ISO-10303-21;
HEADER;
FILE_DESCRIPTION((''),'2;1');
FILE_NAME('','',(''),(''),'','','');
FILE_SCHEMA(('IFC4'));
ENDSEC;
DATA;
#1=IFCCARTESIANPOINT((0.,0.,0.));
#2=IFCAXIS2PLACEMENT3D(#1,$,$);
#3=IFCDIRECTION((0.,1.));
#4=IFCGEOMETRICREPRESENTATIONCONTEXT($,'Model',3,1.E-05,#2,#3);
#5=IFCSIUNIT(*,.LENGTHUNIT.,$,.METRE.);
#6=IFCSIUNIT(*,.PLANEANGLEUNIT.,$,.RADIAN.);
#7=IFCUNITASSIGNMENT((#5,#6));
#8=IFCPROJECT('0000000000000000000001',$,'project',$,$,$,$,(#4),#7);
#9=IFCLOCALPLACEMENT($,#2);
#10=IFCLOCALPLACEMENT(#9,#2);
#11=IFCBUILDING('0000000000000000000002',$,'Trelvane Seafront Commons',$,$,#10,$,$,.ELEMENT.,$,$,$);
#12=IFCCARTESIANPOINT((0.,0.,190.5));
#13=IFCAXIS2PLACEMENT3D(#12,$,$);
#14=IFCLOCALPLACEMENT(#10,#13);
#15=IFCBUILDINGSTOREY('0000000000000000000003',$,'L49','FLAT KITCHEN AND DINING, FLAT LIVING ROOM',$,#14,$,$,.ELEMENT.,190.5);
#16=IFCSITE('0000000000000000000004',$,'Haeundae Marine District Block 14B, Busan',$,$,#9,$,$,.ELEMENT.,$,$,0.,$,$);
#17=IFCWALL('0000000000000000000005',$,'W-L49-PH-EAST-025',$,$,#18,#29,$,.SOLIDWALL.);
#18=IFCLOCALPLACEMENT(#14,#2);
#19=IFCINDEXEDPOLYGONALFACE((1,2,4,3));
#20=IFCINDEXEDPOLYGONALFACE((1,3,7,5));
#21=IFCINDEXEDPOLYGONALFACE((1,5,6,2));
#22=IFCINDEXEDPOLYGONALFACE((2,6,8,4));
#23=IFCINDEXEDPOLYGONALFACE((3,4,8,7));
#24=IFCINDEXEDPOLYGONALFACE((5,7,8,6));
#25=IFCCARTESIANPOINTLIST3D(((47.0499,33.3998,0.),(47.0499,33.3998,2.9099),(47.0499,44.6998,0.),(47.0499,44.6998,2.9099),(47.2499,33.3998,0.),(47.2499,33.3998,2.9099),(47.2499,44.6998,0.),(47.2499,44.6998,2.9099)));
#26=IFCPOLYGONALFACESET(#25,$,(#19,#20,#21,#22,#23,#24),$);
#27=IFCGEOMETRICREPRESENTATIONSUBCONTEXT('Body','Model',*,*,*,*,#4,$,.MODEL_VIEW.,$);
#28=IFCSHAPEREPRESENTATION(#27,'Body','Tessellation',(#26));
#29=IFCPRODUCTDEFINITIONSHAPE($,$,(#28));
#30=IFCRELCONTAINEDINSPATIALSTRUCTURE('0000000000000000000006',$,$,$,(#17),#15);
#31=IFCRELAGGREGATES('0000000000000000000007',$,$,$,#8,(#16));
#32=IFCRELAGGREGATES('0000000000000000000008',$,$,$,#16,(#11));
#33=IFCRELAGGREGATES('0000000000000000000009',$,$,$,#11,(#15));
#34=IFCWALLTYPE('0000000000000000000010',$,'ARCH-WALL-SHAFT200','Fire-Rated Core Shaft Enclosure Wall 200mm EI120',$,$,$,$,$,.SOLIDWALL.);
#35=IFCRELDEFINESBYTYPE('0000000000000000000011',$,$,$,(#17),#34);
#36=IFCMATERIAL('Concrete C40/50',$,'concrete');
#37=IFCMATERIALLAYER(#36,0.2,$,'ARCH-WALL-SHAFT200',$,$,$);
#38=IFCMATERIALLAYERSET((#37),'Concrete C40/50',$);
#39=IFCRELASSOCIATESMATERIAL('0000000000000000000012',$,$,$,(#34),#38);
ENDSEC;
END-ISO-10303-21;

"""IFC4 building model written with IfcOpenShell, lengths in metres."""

from ifc_helpers import new_model, si_unit, direction, frame, frame_2d, origin, place, context, subcontext, project, spatial, rectangle, extrude, material, layer, layer_set, type_object, element, save


model = new_model("IFC4")

# Units and contexts
model_context = context("Model", 3, precision=1e-05, world=origin(), true_north=direction((0.0, 1.0)))
body_context = subcontext(model_context, "Body", "Model", "MODEL_VIEW")
ifc_project = project(units=[si_unit("LENGTHUNIT", "METRE"), si_unit("PLANEANGLEUNIT", "RADIAN")], contexts=[model_context])

# Site, building, storey
site_placement = place(None, origin())
site = spatial("IfcSite", under=ifc_project, at=site_placement, Name="Haeundae Marine District Block 14B, Busan", CompositionType="ELEMENT", RefElevation=0.0)
building_placement = place(site_placement, origin())
building = spatial("IfcBuilding", under=site, at=building_placement, Name="Trelvane Seafront Commons", CompositionType="ELEMENT")
storey_placement = place(building_placement, frame((0.0, 0.0, 190.5)))
storey = spatial("IfcBuildingStorey", under=building, at=storey_placement, Name="L49", Description="FLAT KITCHEN AND DINING, FLAT LIVING ROOM", CompositionType="ELEMENT", Elevation=190.5)

# Shared definitions
ifc_material_1 = material(Name="Concrete C40/50", Category="concrete")

# Wall
ifc_layer_1 = layer(ifc_material_1, 0.2, Name="ARCH-WALL-SHAFT200")
ifc_layer_set_1 = layer_set([ifc_layer_1], Name="Concrete C40/50")
wall_type_1 = type_object("IfcWallType", Name="ARCH-WALL-SHAFT200", Description="Fire-Rated Core Shaft Enclosure Wall 200mm EI120", PredefinedType="SOLIDWALL", material=ifc_layer_set_1)
wall_1_placement = place(storey_placement, frame((47.1499, 33.3999, 0.0), z_axis=(0.0, 0.0, 1.0), x_axis=(0.0, 1.0, 0.0)))
element("IfcWall", 1, at=wall_1_placement, inside=storey, type_object=wall_type_1, Name="W-L49-PH-EAST-025", PredefinedType="SOLIDWALL", context=body_context, shape_type="SweptSolid", body=[
    extrude(rectangle(XDim=11.3, YDim=0.2, at=frame_2d((5.6499, 0.0))), origin(), (0.0, 0.0, 1.0), 2.9099),
])

save(model, "model.ifc")
